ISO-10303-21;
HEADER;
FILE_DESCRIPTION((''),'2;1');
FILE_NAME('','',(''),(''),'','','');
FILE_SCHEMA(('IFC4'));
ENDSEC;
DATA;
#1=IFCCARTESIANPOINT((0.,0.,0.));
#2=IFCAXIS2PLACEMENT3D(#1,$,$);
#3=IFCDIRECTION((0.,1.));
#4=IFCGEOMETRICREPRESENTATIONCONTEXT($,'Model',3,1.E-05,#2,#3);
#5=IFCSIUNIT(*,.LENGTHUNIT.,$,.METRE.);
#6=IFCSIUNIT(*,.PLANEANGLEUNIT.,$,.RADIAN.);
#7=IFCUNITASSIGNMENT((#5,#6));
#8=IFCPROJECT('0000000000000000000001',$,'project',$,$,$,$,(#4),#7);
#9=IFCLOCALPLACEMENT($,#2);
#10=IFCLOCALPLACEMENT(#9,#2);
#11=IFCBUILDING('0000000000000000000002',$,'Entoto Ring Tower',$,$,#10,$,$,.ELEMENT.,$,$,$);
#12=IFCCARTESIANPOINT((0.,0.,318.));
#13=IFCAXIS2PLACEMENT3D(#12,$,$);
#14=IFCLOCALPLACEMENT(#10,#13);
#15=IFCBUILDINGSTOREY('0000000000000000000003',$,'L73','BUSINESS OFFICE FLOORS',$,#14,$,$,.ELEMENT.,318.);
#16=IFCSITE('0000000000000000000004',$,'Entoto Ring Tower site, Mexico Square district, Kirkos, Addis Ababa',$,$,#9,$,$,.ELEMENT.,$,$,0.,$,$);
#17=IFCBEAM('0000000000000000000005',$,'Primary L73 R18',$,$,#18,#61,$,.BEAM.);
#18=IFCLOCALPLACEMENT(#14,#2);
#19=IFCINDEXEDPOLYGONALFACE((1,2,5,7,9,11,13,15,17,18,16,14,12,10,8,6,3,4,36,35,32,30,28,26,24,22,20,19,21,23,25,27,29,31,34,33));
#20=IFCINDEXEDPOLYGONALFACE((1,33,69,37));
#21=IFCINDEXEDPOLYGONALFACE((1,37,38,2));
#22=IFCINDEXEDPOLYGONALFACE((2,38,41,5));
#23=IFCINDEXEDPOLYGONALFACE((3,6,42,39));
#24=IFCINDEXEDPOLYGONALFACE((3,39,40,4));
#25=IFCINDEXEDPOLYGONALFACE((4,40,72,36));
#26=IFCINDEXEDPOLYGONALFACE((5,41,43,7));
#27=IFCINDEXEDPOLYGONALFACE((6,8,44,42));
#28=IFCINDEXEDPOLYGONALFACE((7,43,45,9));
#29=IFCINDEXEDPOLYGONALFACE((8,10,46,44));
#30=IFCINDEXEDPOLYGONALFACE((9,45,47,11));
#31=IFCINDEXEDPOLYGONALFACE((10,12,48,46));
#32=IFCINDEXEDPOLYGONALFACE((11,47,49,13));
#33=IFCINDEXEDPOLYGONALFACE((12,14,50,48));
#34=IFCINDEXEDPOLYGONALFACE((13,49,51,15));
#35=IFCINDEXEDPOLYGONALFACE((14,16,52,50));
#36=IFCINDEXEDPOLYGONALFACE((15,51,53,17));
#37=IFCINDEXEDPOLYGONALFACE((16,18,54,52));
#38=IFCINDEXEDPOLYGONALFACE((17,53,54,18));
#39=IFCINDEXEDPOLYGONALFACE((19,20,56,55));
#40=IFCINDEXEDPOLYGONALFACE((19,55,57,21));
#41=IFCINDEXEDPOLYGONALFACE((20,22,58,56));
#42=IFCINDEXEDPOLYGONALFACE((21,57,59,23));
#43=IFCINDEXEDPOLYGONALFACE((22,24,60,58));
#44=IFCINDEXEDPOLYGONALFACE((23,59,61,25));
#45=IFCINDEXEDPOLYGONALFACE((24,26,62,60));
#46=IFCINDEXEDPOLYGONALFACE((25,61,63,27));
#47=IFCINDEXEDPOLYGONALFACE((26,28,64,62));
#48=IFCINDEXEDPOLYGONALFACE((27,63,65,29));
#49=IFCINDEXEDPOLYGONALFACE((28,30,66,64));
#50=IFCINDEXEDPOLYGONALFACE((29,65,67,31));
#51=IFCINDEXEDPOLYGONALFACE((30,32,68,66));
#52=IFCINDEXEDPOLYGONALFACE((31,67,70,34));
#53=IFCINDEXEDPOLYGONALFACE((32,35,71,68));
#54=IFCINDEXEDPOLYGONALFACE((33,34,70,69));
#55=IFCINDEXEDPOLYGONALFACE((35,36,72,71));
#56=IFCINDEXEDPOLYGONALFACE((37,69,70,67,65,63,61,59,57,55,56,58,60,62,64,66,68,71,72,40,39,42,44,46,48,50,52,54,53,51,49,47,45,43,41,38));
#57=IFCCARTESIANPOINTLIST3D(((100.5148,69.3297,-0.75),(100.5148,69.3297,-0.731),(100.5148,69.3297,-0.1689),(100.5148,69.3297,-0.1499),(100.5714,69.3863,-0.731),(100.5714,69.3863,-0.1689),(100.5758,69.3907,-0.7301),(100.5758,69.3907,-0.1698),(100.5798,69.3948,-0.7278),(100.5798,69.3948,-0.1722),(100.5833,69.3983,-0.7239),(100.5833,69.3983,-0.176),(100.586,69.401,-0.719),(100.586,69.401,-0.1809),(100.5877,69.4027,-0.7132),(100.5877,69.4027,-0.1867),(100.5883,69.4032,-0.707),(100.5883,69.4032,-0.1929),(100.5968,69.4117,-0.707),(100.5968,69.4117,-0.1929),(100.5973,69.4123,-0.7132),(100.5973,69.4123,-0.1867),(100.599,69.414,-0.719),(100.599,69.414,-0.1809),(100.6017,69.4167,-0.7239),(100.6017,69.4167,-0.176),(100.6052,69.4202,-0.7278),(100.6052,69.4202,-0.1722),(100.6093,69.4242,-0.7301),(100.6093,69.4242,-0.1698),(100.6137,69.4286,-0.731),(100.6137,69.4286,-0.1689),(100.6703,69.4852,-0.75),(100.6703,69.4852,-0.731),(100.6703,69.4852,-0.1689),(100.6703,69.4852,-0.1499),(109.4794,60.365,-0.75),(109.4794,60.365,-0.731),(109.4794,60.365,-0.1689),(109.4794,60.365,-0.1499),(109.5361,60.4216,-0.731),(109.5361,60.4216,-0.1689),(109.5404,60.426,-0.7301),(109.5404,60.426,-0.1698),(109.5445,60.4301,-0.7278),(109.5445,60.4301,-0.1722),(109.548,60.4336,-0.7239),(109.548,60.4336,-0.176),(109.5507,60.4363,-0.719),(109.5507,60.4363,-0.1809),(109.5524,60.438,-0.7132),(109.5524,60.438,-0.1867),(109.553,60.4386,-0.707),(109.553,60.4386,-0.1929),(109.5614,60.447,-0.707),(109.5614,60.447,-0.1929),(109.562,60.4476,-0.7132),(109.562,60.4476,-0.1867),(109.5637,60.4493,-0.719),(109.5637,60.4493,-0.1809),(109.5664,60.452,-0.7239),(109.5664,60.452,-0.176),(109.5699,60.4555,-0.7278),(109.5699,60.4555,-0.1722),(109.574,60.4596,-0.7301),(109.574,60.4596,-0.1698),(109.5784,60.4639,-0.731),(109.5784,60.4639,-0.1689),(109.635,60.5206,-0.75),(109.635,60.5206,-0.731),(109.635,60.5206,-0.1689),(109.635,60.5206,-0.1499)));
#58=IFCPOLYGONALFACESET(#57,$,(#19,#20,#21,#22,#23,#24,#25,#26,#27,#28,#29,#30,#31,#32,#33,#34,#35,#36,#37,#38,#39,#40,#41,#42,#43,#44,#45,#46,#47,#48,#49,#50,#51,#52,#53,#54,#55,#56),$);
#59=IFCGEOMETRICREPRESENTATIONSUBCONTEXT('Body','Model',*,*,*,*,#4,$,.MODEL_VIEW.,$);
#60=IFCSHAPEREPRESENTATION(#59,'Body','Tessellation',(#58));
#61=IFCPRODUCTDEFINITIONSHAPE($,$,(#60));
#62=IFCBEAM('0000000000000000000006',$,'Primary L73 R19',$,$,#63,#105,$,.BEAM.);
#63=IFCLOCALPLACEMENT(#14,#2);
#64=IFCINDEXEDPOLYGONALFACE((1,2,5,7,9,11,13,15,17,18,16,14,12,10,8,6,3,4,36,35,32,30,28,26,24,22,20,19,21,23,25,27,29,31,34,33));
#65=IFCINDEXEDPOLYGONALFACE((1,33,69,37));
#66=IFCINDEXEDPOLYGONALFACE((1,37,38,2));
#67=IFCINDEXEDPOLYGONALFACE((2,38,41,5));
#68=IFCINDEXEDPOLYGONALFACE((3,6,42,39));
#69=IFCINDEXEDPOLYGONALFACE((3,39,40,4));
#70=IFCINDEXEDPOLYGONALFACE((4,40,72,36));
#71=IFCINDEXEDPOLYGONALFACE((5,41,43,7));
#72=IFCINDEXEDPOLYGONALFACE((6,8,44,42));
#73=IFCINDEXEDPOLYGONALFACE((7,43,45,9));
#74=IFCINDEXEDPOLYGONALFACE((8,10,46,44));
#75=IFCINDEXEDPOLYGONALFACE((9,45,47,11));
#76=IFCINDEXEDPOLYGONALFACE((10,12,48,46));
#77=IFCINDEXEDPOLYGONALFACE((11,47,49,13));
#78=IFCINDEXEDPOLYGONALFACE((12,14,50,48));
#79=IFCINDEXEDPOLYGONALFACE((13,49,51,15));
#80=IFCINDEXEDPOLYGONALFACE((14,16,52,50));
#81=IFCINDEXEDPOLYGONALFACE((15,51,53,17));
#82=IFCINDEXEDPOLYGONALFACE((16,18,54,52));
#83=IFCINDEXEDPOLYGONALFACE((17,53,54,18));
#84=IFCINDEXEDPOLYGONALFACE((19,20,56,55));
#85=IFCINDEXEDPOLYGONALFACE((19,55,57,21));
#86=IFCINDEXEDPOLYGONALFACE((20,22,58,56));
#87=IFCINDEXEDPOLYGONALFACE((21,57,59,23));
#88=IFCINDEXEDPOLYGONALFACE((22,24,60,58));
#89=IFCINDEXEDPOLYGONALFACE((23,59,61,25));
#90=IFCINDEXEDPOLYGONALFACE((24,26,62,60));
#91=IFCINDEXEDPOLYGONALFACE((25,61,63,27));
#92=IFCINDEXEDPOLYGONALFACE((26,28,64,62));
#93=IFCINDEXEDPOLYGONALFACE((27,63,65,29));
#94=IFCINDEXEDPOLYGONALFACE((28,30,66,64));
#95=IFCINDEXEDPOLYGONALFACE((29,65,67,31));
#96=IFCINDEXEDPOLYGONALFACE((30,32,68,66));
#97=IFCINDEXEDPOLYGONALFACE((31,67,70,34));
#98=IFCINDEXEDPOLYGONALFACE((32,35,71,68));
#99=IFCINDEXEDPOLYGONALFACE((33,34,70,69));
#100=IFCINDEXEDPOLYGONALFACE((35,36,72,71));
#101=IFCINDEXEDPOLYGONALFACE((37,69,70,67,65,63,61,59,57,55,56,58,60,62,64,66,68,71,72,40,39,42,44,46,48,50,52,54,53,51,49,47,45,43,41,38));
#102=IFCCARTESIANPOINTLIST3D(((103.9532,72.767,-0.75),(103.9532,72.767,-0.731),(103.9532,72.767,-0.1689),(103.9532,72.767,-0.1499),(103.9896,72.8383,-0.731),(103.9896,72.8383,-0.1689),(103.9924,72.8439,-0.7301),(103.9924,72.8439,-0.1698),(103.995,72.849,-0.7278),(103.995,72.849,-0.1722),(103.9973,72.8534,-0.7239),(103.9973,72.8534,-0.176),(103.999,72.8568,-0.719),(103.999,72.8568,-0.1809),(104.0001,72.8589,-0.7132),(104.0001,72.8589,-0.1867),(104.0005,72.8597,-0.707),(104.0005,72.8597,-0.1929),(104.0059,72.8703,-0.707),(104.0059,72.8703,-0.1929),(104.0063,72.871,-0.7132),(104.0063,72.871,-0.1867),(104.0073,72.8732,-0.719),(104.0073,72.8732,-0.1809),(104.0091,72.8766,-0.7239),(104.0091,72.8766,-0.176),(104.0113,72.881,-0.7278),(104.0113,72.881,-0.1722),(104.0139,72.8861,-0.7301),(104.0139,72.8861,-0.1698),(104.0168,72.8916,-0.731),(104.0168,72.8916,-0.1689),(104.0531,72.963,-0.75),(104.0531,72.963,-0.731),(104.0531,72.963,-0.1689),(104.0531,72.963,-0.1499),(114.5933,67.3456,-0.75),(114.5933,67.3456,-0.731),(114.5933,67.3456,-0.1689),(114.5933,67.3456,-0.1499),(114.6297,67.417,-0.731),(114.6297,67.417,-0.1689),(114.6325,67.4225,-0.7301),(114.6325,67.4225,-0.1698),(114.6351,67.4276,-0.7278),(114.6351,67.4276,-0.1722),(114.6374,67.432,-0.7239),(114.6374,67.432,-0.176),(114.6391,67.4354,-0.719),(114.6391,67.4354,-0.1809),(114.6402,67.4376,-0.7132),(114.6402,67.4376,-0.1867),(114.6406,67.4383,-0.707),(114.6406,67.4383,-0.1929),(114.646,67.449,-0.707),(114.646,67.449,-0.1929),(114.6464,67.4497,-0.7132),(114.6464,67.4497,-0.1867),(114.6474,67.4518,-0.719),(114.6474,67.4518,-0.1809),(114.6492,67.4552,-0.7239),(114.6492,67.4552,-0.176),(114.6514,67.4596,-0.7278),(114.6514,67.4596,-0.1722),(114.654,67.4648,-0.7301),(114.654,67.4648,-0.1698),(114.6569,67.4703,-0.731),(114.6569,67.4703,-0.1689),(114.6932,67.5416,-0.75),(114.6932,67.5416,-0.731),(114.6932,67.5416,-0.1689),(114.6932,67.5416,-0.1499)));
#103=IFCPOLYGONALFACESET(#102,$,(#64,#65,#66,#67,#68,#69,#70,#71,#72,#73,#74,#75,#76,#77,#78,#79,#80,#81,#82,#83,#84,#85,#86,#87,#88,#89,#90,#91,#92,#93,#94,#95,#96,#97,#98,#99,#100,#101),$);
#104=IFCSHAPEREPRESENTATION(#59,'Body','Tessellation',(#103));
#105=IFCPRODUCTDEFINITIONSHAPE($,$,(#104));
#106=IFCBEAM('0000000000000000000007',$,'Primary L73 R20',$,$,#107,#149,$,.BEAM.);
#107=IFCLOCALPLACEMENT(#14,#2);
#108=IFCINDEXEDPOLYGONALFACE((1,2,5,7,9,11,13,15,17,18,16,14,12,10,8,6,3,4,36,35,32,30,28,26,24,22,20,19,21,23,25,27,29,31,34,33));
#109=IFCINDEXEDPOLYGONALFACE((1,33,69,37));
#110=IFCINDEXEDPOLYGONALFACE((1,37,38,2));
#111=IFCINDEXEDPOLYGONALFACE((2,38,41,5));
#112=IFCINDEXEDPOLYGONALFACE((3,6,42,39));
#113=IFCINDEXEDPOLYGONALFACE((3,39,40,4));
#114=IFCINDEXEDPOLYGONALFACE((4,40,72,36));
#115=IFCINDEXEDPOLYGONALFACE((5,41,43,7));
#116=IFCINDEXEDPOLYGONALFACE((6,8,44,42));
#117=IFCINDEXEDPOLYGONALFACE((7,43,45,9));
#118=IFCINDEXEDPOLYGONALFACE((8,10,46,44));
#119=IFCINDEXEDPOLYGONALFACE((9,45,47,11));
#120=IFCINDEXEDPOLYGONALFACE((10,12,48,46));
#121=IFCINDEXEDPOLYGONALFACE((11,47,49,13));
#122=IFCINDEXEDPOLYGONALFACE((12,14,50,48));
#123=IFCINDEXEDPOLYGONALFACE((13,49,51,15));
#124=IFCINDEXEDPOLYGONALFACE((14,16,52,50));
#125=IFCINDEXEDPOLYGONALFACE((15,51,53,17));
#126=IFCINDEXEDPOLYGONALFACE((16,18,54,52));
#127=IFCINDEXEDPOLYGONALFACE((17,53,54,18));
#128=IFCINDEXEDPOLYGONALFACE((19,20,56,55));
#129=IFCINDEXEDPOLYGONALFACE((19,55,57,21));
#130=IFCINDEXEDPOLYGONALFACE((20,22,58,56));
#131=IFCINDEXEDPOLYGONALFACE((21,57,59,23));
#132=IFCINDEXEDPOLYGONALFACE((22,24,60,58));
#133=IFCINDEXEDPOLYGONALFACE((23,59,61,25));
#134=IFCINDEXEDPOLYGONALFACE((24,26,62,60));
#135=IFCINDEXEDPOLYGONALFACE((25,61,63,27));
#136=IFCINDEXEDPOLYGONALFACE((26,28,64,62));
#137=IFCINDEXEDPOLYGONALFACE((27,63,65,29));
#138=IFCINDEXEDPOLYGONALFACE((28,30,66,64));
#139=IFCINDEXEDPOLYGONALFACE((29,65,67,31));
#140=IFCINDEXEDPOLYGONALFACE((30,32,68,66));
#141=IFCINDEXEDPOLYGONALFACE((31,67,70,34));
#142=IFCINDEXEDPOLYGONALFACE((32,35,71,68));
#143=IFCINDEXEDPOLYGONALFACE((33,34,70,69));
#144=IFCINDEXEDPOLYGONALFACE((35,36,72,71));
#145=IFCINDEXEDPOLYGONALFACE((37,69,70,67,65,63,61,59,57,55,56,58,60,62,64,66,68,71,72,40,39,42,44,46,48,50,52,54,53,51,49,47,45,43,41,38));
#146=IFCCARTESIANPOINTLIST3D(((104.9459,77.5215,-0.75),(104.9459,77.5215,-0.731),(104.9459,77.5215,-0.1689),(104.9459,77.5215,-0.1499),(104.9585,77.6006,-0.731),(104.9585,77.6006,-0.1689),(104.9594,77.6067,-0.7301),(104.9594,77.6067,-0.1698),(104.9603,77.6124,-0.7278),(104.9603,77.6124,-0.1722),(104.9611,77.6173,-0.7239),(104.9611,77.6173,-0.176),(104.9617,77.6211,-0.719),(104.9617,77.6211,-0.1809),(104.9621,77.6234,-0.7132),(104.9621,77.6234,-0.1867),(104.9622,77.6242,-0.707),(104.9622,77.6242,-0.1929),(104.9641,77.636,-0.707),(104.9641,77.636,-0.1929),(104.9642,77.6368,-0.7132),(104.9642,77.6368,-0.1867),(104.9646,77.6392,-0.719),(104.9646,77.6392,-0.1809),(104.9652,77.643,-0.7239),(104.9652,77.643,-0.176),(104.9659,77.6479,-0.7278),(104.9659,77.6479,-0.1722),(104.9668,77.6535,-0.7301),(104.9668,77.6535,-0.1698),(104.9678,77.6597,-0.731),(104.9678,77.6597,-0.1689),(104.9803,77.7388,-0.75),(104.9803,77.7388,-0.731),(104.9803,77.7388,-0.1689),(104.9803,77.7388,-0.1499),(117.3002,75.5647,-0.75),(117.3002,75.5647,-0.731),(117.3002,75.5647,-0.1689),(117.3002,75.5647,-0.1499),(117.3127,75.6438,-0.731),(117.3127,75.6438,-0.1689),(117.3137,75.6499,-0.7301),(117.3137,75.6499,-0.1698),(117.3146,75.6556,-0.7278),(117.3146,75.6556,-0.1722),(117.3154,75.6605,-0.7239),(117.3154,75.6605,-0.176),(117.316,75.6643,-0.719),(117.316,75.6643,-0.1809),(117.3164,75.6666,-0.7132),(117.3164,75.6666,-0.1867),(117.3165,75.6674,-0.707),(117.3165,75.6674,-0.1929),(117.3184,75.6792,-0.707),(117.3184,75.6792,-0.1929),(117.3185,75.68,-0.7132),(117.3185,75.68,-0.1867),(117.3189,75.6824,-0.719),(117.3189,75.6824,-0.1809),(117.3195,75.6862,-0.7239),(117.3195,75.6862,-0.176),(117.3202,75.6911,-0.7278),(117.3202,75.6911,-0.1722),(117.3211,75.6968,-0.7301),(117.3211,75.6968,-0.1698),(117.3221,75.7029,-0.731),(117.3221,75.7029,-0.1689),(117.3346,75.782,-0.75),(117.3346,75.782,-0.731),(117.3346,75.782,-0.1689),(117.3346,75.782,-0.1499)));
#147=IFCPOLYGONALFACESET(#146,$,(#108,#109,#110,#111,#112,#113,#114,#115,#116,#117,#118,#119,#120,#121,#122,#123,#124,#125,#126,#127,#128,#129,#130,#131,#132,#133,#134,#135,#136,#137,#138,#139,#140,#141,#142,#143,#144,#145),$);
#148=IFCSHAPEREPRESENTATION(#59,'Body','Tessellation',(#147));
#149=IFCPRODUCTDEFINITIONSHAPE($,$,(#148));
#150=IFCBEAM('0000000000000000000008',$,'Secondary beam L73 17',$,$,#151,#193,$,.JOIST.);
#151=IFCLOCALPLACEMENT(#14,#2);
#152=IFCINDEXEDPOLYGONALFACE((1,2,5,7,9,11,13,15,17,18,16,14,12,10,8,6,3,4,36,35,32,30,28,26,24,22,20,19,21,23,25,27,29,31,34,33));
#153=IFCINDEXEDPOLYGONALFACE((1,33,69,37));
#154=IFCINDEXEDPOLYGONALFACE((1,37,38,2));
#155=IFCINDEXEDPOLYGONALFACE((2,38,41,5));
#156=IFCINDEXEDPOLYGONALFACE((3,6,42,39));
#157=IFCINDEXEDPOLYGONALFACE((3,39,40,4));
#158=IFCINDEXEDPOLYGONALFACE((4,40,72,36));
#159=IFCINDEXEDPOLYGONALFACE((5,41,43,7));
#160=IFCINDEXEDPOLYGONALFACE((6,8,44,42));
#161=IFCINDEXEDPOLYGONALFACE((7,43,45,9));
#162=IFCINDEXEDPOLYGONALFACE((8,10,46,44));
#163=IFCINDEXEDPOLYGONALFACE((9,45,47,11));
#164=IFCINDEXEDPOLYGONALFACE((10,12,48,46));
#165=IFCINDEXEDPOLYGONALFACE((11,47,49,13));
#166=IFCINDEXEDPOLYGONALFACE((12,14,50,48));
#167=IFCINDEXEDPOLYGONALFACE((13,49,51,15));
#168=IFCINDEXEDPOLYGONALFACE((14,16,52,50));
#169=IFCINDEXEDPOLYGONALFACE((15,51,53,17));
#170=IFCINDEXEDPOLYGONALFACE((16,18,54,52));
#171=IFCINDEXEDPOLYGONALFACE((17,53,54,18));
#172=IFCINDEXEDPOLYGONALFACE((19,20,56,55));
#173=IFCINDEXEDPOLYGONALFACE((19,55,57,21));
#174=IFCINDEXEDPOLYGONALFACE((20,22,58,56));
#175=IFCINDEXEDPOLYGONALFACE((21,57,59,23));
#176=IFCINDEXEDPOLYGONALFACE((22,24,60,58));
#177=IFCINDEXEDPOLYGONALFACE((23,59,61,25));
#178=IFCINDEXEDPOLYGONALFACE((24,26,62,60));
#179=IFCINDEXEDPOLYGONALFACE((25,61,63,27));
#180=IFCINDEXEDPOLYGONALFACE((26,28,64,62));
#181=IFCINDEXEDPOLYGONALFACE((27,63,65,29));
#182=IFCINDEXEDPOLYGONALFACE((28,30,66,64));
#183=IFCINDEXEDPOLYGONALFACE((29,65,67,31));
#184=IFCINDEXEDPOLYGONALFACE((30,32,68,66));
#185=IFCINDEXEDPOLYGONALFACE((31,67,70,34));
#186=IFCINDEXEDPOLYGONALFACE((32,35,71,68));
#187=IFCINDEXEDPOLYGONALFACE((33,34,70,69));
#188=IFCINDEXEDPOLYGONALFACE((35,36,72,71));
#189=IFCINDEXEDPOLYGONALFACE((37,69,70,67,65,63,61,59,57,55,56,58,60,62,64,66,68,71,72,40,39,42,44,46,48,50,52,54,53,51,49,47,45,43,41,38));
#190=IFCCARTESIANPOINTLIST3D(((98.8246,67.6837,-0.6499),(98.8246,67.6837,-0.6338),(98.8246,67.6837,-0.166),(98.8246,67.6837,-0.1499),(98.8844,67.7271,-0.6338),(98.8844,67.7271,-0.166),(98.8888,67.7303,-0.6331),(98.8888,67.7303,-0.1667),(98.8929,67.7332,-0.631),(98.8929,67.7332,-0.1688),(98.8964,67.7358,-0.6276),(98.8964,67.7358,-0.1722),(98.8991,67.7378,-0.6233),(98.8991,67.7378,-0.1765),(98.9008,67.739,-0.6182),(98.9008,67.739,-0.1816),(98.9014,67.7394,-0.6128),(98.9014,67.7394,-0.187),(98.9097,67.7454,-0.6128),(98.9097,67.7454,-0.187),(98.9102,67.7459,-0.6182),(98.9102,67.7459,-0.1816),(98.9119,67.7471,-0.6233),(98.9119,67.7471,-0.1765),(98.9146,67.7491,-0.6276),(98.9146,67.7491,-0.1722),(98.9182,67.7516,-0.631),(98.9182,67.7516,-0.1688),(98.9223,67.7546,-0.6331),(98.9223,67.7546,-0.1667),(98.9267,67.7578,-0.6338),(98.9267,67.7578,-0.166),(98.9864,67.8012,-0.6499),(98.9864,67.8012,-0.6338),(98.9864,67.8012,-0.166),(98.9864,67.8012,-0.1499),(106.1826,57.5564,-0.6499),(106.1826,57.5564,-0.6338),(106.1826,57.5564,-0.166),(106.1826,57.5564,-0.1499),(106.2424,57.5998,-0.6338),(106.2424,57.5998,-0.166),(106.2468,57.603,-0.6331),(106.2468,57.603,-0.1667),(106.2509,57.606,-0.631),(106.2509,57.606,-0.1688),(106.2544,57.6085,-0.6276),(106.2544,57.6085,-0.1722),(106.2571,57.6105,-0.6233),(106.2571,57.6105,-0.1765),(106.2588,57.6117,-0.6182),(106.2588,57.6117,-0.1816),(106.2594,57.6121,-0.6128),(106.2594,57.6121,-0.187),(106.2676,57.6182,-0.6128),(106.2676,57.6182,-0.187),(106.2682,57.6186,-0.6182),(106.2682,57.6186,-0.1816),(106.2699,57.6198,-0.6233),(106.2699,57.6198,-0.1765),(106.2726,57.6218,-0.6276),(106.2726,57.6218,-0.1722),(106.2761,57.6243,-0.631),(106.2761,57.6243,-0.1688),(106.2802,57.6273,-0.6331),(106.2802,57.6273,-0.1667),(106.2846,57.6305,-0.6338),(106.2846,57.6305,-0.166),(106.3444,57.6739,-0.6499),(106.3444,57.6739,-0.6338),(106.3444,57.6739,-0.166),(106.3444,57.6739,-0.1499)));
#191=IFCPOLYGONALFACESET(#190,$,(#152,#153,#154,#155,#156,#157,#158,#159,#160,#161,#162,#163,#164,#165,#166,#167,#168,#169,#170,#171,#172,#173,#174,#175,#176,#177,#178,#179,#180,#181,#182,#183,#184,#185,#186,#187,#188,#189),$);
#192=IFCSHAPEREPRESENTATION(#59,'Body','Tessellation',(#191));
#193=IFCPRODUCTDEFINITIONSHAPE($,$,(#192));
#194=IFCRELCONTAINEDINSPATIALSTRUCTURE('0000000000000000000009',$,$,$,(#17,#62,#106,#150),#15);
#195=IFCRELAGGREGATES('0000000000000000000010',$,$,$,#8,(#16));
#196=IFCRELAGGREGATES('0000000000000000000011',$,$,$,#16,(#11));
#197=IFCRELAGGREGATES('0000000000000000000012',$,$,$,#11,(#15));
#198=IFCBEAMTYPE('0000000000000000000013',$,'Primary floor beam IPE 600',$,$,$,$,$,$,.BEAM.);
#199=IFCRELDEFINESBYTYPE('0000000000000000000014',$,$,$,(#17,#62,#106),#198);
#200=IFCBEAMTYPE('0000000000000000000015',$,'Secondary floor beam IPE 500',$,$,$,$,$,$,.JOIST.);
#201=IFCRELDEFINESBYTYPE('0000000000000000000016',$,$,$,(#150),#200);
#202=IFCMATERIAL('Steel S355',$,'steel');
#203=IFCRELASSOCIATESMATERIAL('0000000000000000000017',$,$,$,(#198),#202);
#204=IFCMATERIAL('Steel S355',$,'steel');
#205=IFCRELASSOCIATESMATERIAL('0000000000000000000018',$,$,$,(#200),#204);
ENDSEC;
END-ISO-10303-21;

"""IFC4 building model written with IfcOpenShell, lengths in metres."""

from ifc_helpers import new_model, si_unit, direction, frame, origin, origin_2d, place, context, subcontext, project, spatial, i_section, extrude, material, material_profile, profile_set, type_object, element, save


model = new_model("IFC4")

# Units and contexts
model_context = context("Model", 3, precision=1e-05, world=origin(), true_north=direction((0.0, 1.0)))
body_context = subcontext(model_context, "Body", "Model", "MODEL_VIEW")
ifc_project = project(units=[si_unit("LENGTHUNIT", "METRE"), si_unit("PLANEANGLEUNIT", "RADIAN")], contexts=[model_context])

# Site, building, storey
site_placement = place(None, origin())
site = spatial("IfcSite", under=ifc_project, at=site_placement, Name="Entoto Ring Tower site, Mexico Square district, Kirkos, Addis Ababa", CompositionType="ELEMENT", RefElevation=0.0)
building_placement = place(site_placement, origin())
building = spatial("IfcBuilding", under=site, at=building_placement, Name="Entoto Ring Tower", CompositionType="ELEMENT")
storey_placement = place(building_placement, frame((0.0, 0.0, 318.0)))
storey = spatial("IfcBuildingStorey", under=building, at=storey_placement, Name="L73", Description="BUSINESS OFFICE FLOORS", CompositionType="ELEMENT", Elevation=318.0)

# Beams
ifc_material_1 = material(Name="Steel S355", Category="steel")
ifc_material_profile_1 = material_profile(ifc_material_1, i_section(OverallWidth=0.22, OverallDepth=0.6001, WebThickness=0.012, FlangeThickness=0.019, FilletRadius=0.0239, at=origin_2d()), Name="IPE 600")
ifc_profile_set_1 = profile_set([ifc_material_profile_1], Name="Steel S355")
beam_type_1 = type_object("IfcBeamType", Name="Primary floor beam IPE 600", PredefinedType="BEAM", material=ifc_profile_set_1)
beam_1_placement = place(storey_placement, frame((100.5925, 69.4075, -0.45), z_axis=(0.707107, -0.707107, 0.0), x_axis=(0.707107, 0.707107, 0.0)))
element("IfcBeam", 1, at=beam_1_placement, inside=storey, type_object=beam_type_1, Name="Primary L73 R18", PredefinedType="BEAM", context=body_context, shape_type="SweptSolid", body=[
    extrude(i_section(OverallWidth=0.22, OverallDepth=0.6001, WebThickness=0.012, FlangeThickness=0.019, FilletRadius=0.0239, at=origin_2d()), origin(), (0.0, 0.0, 1.0), 12.678),
])
beam_2_placement = place(storey_placement, frame((104.0032, 72.865, -0.45), z_axis=(0.891008, -0.453988, 0.0), x_axis=(0.453988, 0.891008, 0.0)))
element("IfcBeam", 2, at=beam_2_placement, inside=storey, type_object=beam_type_1, Name="Primary L73 R19", PredefinedType="BEAM", context=body_context, shape_type="SweptSolid", body=[
    extrude(i_section(OverallWidth=0.22, OverallDepth=0.6001, WebThickness=0.012, FlangeThickness=0.019, FilletRadius=0.0239, at=origin_2d()), origin(), (0.0, 0.0, 1.0), 11.9417),
])
beam_3_placement = place(storey_placement, frame((104.9631, 77.6301, -0.45), z_axis=(0.987688, -0.15644, 0.0), x_axis=(0.15644, 0.987688, 0.0)))
element("IfcBeam", 3, at=beam_3_placement, inside=storey, type_object=beam_type_1, Name="Primary L73 R20", PredefinedType="BEAM", context=body_context, shape_type="SweptSolid", body=[
    extrude(i_section(OverallWidth=0.22, OverallDepth=0.6001, WebThickness=0.012, FlangeThickness=0.019, FilletRadius=0.0239, at=origin_2d()), origin(), (0.0, 0.0, 1.0), 12.5083),
])
ifc_material_2 = material(Name="Steel S355", Category="steel")
ifc_material_profile_2 = material_profile(ifc_material_2, i_section(OverallWidth=0.2, OverallDepth=0.5, WebThickness=0.0103, FlangeThickness=0.0161, FilletRadius=0.021, at=origin_2d()), Name="IPE 500")
ifc_profile_set_2 = profile_set([ifc_material_profile_2], Name="Steel S355")
beam_type_2 = type_object("IfcBeamType", Name="Secondary floor beam IPE 500", PredefinedType="JOIST", material=ifc_profile_set_2)
for number, where, z_axis, x_axis, name in (
    (4, (98.9055, 67.7424, -0.3999), (0.587789, -0.809014, 0.0), (0.809014, 0.587789, 0.0), "Secondary beam L73 17"),
):
    element("IfcBeam", number, at=place(storey_placement, frame(where, z_axis=z_axis, x_axis=x_axis)), inside=storey, type_object=beam_type_2, Name=name, PredefinedType="JOIST", context=body_context, shape_type="SweptSolid", body=[
        extrude(i_section(OverallWidth=0.2, OverallDepth=0.5, WebThickness=0.0103, FlangeThickness=0.0161, FilletRadius=0.021, at=origin_2d()), origin(), (0.0, 0.0, 1.0), 12.5181),
    ])

save(model, "model.ifc")
